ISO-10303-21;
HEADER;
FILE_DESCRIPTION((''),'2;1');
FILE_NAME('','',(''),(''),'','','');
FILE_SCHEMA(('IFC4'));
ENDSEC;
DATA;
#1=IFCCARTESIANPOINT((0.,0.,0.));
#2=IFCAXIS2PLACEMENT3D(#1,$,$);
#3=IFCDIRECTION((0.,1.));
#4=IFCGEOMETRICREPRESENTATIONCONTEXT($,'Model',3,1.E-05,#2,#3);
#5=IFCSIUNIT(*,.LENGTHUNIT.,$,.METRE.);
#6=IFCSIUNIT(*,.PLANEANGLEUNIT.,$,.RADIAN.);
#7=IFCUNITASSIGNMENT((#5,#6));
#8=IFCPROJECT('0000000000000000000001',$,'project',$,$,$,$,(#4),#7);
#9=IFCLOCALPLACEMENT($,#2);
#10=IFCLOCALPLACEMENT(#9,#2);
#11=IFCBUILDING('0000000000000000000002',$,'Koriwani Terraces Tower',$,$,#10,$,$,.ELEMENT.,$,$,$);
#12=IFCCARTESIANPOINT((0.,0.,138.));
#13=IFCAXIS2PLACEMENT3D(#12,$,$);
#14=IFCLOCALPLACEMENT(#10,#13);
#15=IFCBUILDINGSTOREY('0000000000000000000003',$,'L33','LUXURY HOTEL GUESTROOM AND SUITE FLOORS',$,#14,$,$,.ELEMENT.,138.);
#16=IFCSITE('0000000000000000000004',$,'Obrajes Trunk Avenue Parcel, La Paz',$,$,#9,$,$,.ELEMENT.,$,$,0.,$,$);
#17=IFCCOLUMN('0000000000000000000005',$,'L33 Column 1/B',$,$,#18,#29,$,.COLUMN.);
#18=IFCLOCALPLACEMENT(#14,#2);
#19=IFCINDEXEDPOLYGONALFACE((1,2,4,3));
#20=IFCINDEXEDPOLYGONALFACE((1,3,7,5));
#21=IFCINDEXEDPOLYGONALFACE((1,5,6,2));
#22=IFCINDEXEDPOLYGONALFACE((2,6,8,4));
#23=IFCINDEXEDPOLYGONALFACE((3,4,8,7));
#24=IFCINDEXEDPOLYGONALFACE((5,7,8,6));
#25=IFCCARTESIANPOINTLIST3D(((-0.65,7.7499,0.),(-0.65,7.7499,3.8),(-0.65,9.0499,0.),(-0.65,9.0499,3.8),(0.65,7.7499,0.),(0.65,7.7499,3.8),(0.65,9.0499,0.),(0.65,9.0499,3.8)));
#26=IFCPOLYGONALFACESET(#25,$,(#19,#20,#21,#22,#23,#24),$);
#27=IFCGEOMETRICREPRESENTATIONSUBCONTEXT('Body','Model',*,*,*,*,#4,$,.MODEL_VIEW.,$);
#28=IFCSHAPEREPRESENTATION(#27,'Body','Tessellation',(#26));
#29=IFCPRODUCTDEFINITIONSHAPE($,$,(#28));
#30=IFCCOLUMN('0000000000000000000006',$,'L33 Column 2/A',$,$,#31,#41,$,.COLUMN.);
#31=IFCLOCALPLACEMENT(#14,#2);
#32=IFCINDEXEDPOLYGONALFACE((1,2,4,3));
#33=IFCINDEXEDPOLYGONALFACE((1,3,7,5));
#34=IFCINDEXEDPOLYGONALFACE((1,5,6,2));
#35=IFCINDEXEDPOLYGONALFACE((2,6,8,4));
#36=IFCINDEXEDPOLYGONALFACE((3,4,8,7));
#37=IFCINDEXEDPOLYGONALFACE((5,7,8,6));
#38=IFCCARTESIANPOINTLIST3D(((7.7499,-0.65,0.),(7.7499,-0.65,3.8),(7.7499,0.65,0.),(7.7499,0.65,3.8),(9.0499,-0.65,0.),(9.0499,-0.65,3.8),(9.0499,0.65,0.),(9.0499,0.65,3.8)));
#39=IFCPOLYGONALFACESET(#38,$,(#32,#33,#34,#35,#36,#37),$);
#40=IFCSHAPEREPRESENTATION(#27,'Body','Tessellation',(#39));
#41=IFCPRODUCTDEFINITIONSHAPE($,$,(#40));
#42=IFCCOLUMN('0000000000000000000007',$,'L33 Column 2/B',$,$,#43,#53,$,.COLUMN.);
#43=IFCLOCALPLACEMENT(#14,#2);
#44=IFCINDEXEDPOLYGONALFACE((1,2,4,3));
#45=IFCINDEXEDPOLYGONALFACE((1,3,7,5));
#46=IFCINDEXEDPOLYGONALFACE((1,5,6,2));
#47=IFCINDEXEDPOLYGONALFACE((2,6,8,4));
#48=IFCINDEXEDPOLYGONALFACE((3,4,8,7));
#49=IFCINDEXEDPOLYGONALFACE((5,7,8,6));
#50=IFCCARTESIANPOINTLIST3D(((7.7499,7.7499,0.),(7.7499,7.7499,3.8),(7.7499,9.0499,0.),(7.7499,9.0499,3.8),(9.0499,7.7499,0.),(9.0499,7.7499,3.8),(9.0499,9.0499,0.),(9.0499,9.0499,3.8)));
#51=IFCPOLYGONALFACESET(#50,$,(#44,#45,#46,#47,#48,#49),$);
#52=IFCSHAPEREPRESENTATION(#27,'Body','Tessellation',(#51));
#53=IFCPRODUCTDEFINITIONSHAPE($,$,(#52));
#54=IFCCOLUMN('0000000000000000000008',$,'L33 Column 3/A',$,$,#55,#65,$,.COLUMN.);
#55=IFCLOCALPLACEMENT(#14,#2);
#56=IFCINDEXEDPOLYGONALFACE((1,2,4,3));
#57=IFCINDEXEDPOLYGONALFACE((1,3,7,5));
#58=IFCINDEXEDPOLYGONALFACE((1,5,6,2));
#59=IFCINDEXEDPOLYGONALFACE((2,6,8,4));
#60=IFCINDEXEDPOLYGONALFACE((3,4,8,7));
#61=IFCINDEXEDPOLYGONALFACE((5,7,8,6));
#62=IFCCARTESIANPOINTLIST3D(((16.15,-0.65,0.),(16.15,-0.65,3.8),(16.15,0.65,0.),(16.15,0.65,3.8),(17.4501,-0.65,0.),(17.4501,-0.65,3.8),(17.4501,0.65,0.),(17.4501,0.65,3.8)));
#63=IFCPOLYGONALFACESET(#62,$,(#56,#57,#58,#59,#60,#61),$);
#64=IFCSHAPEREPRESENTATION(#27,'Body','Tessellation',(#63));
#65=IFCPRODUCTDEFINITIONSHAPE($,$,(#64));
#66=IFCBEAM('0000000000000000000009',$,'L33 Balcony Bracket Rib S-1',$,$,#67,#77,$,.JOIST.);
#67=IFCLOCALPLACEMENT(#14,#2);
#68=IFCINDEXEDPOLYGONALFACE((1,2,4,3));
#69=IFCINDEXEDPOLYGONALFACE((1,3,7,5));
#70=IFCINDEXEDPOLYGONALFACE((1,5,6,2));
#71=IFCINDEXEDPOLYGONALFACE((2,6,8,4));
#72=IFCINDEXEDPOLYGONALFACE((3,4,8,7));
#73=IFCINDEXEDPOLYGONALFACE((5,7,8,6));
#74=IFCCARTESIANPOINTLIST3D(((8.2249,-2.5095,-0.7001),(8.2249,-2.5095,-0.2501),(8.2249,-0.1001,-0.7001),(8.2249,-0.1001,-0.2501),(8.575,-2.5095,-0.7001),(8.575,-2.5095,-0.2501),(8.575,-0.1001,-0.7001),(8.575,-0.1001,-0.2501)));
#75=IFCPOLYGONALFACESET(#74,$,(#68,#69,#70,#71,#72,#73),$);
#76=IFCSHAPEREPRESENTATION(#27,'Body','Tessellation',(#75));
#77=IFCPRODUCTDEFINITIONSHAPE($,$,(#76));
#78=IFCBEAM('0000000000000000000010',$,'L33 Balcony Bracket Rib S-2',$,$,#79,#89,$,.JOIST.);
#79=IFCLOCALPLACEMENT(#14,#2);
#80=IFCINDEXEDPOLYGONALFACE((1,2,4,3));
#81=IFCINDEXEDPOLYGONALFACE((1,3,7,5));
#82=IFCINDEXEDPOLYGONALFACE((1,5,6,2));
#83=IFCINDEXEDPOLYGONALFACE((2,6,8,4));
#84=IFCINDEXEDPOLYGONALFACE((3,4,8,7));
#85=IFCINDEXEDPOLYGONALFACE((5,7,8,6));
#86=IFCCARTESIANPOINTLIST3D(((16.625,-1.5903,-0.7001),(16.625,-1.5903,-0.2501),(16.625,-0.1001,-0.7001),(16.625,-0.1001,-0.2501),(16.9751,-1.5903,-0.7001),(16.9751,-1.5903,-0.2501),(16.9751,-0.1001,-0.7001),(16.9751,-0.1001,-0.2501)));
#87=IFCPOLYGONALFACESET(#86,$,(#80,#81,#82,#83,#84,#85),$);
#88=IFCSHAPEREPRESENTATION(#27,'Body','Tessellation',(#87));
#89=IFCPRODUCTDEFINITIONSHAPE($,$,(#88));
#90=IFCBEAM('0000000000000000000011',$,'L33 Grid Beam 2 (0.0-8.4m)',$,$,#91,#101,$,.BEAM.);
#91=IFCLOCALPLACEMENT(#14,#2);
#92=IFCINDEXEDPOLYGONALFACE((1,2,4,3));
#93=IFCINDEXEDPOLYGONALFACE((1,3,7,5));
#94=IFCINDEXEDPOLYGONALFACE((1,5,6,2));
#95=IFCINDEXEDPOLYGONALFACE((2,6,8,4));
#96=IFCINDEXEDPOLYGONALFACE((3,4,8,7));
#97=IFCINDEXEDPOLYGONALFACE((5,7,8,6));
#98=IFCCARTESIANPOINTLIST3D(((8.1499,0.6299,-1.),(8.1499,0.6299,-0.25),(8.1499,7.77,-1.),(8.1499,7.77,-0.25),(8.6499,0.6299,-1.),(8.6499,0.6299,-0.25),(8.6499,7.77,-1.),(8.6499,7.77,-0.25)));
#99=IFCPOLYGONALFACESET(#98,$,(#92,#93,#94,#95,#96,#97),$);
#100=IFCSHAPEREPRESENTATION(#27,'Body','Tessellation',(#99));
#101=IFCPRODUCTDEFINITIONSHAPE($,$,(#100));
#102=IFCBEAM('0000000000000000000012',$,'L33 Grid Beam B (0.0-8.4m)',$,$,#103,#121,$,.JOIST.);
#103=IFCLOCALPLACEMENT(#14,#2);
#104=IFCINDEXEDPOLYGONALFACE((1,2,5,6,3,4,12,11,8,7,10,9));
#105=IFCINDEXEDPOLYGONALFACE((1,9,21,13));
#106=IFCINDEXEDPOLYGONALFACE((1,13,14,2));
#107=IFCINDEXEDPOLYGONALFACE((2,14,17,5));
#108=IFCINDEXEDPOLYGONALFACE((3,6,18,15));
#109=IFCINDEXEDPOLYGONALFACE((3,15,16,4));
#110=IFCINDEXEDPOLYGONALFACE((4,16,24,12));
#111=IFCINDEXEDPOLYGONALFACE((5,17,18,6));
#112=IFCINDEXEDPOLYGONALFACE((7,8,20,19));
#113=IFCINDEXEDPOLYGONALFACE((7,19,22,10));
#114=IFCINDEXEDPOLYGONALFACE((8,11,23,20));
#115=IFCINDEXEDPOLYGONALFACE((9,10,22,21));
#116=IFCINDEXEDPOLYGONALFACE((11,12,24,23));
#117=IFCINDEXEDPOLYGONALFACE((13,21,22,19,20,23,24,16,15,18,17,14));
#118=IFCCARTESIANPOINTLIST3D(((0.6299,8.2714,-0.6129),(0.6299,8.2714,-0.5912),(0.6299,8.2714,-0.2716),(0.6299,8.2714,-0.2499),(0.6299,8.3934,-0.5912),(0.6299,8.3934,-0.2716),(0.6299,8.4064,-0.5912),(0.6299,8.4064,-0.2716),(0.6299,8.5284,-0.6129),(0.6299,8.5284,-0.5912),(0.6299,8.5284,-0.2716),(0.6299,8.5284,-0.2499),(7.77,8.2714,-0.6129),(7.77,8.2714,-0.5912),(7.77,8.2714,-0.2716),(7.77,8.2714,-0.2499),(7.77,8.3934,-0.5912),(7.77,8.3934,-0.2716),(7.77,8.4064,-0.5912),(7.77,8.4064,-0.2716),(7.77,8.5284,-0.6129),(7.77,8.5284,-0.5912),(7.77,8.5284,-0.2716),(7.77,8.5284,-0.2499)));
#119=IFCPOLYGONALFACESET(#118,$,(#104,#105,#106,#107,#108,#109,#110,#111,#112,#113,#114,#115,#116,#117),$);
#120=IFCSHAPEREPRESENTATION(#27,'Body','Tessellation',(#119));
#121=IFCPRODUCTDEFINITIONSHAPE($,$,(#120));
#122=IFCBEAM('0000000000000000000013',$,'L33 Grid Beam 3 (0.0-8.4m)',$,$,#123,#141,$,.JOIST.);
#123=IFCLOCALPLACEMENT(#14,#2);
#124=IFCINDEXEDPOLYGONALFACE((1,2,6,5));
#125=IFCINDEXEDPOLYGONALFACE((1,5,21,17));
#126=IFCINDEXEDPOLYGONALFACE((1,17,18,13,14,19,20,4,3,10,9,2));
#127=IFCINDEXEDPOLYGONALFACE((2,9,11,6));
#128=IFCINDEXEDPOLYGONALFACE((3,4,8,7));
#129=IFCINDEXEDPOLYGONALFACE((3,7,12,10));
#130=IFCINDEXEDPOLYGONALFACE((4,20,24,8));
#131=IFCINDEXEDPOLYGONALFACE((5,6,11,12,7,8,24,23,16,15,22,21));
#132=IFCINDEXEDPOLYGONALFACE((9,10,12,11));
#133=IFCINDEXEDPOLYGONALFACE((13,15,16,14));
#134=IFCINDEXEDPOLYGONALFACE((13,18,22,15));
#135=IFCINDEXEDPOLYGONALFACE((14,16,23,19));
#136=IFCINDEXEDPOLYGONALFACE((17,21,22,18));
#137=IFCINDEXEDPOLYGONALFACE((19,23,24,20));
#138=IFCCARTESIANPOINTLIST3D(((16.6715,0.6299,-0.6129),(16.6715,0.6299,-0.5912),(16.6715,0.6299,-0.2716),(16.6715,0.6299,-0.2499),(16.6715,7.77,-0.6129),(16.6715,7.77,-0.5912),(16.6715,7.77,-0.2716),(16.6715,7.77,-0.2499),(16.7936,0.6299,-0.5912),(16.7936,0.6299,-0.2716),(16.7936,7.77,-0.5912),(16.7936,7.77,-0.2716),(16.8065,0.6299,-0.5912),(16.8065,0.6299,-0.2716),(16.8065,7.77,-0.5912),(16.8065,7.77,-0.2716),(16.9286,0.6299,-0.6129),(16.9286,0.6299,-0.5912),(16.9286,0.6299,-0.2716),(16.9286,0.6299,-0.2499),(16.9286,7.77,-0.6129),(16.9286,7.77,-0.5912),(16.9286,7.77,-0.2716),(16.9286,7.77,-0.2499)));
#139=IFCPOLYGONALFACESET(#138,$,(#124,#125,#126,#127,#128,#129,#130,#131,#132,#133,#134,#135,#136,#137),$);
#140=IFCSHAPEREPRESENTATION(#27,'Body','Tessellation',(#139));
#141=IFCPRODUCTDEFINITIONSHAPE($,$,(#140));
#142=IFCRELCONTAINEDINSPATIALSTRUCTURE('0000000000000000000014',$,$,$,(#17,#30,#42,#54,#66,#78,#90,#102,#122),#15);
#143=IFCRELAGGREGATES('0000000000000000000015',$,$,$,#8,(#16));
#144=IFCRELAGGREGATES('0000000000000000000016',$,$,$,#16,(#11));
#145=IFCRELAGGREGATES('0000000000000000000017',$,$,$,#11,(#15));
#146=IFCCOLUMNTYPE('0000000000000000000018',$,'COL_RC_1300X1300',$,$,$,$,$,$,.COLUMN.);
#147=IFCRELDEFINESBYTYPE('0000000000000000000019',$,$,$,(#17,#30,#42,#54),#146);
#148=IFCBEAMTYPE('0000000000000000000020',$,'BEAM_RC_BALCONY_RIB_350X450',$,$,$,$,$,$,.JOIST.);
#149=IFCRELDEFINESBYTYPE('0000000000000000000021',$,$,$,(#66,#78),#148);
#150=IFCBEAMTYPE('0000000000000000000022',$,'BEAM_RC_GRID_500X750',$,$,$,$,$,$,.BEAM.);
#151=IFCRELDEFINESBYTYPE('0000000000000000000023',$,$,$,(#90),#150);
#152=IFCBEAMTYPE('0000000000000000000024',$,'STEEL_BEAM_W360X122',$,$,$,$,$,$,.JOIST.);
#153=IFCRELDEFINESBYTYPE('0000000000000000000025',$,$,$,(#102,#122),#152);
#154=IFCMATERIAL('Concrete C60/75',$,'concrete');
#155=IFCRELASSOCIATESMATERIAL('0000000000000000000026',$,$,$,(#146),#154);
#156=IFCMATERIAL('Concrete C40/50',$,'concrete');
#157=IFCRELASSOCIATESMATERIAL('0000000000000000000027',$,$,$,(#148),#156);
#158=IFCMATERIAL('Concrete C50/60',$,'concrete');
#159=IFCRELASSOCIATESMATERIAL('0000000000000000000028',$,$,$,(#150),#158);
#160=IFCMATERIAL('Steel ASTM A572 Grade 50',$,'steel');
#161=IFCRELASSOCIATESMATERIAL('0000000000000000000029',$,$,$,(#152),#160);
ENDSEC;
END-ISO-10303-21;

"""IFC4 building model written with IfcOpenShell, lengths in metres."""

from ifc_helpers import new_model, si_unit, direction, frame, origin, origin_2d, place, context, subcontext, project, spatial, rectangle, i_section, extrude, material, material_profile, profile_set, type_object, element, save


model = new_model("IFC4")

# Units and contexts
model_context = context("Model", 3, precision=1e-05, world=origin(), true_north=direction((0.0, 1.0)))
body_context = subcontext(model_context, "Body", "Model", "MODEL_VIEW")
ifc_project = project(units=[si_unit("LENGTHUNIT", "METRE"), si_unit("PLANEANGLEUNIT", "RADIAN")], contexts=[model_context])

# Site, building, storey
site_placement = place(None, origin())
site = spatial("IfcSite", under=ifc_project, at=site_placement, Name="Obrajes Trunk Avenue Parcel, La Paz", CompositionType="ELEMENT", RefElevation=0.0)
building_placement = place(site_placement, origin())
building = spatial("IfcBuilding", under=site, at=building_placement, Name="Koriwani Terraces Tower", CompositionType="ELEMENT")
storey_placement = place(building_placement, frame((0.0, 0.0, 138.0)))
storey = spatial("IfcBuildingStorey", under=building, at=storey_placement, Name="L33", Description="LUXURY HOTEL GUESTROOM AND SUITE FLOORS", CompositionType="ELEMENT", Elevation=138.0)

# Columns
ifc_material_1 = material(Name="Concrete C60/75", Category="concrete")
ifc_material_profile_1 = material_profile(ifc_material_1, rectangle(XDim=1.3, YDim=1.3, at=origin_2d()), Name="Concrete C60/75", Category="LoadBearing")
ifc_profile_set_1 = profile_set([ifc_material_profile_1], Name="Concrete C60/75")
column_type = type_object("IfcColumnType", Name="COL_RC_1300X1300", PredefinedType="COLUMN", material=ifc_profile_set_1)
for number, where, z_axis, x_axis, name in (
    (1, (0.0, 8.3999, 0.0), (0.0, 0.0, 1.0), (1.0, 0.0, 0.0), "L33 Column 1/B"),
    (2, (8.3999, 0.0, 0.0), (0.0, 0.0, 1.0), (1.0, 0.0, 0.0), "L33 Column 2/A"),
    (3, (8.3999, 8.3999, 0.0), (0.0, 0.0, 1.0), (1.0, 0.0, 0.0), "L33 Column 2/B"),
    (4, (16.8, 0.0, 0.0), (0.0, 0.0, 1.0), (1.0, 0.0, 0.0), "L33 Column 3/A"),
):
    element("IfcColumn", number, at=place(storey_placement, frame(where, z_axis=z_axis, x_axis=x_axis)), inside=storey, type_object=column_type, Name=name, PredefinedType="COLUMN", context=body_context, shape_type="SweptSolid", body=[
        extrude(rectangle(XDim=1.3, YDim=1.3, at=origin_2d()), origin(), (0.0, 0.0, 1.0), 3.8),
    ])

# Beams
ifc_material_2 = material(Name="Concrete C40/50", Category="concrete")
ifc_material_profile_2 = material_profile(ifc_material_2, rectangle(XDim=0.3501, YDim=0.45, at=origin_2d()), Name="Concrete C40/50", Category="LoadBearing")
ifc_profile_set_2 = profile_set([ifc_material_profile_2], Name="Concrete C40/50")
beam_type_1 = type_object("IfcBeamType", Name="BEAM_RC_BALCONY_RIB_350X450", PredefinedType="JOIST", material=ifc_profile_set_2)
beam_1_placement = place(storey_placement, frame((8.3999, -2.5095, -0.4751), z_axis=(0.0, 1.0, 0.0), x_axis=(-1.0, 0.0, 0.0)))
element("IfcBeam", 5, at=beam_1_placement, inside=storey, type_object=beam_type_1, Name="L33 Balcony Bracket Rib S-1", PredefinedType="JOIST", context=body_context, shape_type="SweptSolid", body=[
    extrude(rectangle(XDim=0.3501, YDim=0.45, at=origin_2d()), origin(), (0.0, 0.0, 1.0), 2.4094),
])
beam_2_placement = place(storey_placement, frame((16.8, -1.5903, -0.4751), z_axis=(0.0, 1.0, 0.0), x_axis=(-1.0, 0.0, 0.0)))
element("IfcBeam", 6, at=beam_2_placement, inside=storey, type_object=beam_type_1, Name="L33 Balcony Bracket Rib S-2", PredefinedType="JOIST", context=body_context, shape_type="SweptSolid", body=[
    extrude(rectangle(XDim=0.3501, YDim=0.45, at=origin_2d()), origin(), (0.0, 0.0, 1.0), 1.4902),
])
ifc_material_3 = material(Name="Concrete C50/60", Category="concrete")
ifc_material_profile_3 = material_profile(ifc_material_3, rectangle(XDim=0.5, YDim=0.75, at=origin_2d()), Name="Concrete C50/60", Category="LoadBearing")
ifc_profile_set_3 = profile_set([ifc_material_profile_3], Name="Concrete C50/60")
beam_type_2 = type_object("IfcBeamType", Name="BEAM_RC_GRID_500X750", PredefinedType="BEAM", material=ifc_profile_set_3)
beam_3_placement = place(storey_placement, frame((8.3999, 0.6299, -0.625), z_axis=(0.0, 1.0, 0.0), x_axis=(-1.0, 0.0, 0.0)))
element("IfcBeam", 7, at=beam_3_placement, inside=storey, type_object=beam_type_2, Name="L33 Grid Beam 2 (0.0-8.4m)", PredefinedType="BEAM", context=body_context, shape_type="SweptSolid", body=[
    extrude(rectangle(XDim=0.5, YDim=0.75, at=origin_2d()), origin(), (0.0, 0.0, 1.0), 7.1401),
])
ifc_material_4 = material(Name="Steel ASTM A572 Grade 50", Category="steel")
ifc_material_profile_4 = material_profile(ifc_material_4, i_section(OverallWidth=0.2571, OverallDepth=0.363, WebThickness=0.0129, FlangeThickness=0.0217, at=origin_2d()), Name="Steel ASTM A572 Grade 50", Category="LoadBearing")
ifc_profile_set_4 = profile_set([ifc_material_profile_4], Name="Steel ASTM A572 Grade 50")
beam_type_3 = type_object("IfcBeamType", Name="STEEL_BEAM_W360X122", PredefinedType="JOIST", material=ifc_profile_set_4)
for number, where, z_axis, x_axis, name in (
    (8, (0.6299, 8.3999, -0.4314), (1.0, 0.0, 0.0), (0.0, 1.0, 0.0), "L33 Grid Beam B (0.0-8.4m)"),
    (9, (16.8, 0.6299, -0.4314), (0.0, 1.0, 0.0), (-1.0, 0.0, 0.0), "L33 Grid Beam 3 (0.0-8.4m)"),
):
    element("IfcBeam", number, at=place(storey_placement, frame(where, z_axis=z_axis, x_axis=x_axis)), inside=storey, type_object=beam_type_3, Name=name, PredefinedType="JOIST", context=body_context, shape_type="SweptSolid", body=[
        extrude(i_section(OverallWidth=0.2571, OverallDepth=0.363, WebThickness=0.0129, FlangeThickness=0.0217, at=origin_2d()), origin(), (0.0, 0.0, 1.0), 7.1401),
    ])

save(model, "model.ifc")
